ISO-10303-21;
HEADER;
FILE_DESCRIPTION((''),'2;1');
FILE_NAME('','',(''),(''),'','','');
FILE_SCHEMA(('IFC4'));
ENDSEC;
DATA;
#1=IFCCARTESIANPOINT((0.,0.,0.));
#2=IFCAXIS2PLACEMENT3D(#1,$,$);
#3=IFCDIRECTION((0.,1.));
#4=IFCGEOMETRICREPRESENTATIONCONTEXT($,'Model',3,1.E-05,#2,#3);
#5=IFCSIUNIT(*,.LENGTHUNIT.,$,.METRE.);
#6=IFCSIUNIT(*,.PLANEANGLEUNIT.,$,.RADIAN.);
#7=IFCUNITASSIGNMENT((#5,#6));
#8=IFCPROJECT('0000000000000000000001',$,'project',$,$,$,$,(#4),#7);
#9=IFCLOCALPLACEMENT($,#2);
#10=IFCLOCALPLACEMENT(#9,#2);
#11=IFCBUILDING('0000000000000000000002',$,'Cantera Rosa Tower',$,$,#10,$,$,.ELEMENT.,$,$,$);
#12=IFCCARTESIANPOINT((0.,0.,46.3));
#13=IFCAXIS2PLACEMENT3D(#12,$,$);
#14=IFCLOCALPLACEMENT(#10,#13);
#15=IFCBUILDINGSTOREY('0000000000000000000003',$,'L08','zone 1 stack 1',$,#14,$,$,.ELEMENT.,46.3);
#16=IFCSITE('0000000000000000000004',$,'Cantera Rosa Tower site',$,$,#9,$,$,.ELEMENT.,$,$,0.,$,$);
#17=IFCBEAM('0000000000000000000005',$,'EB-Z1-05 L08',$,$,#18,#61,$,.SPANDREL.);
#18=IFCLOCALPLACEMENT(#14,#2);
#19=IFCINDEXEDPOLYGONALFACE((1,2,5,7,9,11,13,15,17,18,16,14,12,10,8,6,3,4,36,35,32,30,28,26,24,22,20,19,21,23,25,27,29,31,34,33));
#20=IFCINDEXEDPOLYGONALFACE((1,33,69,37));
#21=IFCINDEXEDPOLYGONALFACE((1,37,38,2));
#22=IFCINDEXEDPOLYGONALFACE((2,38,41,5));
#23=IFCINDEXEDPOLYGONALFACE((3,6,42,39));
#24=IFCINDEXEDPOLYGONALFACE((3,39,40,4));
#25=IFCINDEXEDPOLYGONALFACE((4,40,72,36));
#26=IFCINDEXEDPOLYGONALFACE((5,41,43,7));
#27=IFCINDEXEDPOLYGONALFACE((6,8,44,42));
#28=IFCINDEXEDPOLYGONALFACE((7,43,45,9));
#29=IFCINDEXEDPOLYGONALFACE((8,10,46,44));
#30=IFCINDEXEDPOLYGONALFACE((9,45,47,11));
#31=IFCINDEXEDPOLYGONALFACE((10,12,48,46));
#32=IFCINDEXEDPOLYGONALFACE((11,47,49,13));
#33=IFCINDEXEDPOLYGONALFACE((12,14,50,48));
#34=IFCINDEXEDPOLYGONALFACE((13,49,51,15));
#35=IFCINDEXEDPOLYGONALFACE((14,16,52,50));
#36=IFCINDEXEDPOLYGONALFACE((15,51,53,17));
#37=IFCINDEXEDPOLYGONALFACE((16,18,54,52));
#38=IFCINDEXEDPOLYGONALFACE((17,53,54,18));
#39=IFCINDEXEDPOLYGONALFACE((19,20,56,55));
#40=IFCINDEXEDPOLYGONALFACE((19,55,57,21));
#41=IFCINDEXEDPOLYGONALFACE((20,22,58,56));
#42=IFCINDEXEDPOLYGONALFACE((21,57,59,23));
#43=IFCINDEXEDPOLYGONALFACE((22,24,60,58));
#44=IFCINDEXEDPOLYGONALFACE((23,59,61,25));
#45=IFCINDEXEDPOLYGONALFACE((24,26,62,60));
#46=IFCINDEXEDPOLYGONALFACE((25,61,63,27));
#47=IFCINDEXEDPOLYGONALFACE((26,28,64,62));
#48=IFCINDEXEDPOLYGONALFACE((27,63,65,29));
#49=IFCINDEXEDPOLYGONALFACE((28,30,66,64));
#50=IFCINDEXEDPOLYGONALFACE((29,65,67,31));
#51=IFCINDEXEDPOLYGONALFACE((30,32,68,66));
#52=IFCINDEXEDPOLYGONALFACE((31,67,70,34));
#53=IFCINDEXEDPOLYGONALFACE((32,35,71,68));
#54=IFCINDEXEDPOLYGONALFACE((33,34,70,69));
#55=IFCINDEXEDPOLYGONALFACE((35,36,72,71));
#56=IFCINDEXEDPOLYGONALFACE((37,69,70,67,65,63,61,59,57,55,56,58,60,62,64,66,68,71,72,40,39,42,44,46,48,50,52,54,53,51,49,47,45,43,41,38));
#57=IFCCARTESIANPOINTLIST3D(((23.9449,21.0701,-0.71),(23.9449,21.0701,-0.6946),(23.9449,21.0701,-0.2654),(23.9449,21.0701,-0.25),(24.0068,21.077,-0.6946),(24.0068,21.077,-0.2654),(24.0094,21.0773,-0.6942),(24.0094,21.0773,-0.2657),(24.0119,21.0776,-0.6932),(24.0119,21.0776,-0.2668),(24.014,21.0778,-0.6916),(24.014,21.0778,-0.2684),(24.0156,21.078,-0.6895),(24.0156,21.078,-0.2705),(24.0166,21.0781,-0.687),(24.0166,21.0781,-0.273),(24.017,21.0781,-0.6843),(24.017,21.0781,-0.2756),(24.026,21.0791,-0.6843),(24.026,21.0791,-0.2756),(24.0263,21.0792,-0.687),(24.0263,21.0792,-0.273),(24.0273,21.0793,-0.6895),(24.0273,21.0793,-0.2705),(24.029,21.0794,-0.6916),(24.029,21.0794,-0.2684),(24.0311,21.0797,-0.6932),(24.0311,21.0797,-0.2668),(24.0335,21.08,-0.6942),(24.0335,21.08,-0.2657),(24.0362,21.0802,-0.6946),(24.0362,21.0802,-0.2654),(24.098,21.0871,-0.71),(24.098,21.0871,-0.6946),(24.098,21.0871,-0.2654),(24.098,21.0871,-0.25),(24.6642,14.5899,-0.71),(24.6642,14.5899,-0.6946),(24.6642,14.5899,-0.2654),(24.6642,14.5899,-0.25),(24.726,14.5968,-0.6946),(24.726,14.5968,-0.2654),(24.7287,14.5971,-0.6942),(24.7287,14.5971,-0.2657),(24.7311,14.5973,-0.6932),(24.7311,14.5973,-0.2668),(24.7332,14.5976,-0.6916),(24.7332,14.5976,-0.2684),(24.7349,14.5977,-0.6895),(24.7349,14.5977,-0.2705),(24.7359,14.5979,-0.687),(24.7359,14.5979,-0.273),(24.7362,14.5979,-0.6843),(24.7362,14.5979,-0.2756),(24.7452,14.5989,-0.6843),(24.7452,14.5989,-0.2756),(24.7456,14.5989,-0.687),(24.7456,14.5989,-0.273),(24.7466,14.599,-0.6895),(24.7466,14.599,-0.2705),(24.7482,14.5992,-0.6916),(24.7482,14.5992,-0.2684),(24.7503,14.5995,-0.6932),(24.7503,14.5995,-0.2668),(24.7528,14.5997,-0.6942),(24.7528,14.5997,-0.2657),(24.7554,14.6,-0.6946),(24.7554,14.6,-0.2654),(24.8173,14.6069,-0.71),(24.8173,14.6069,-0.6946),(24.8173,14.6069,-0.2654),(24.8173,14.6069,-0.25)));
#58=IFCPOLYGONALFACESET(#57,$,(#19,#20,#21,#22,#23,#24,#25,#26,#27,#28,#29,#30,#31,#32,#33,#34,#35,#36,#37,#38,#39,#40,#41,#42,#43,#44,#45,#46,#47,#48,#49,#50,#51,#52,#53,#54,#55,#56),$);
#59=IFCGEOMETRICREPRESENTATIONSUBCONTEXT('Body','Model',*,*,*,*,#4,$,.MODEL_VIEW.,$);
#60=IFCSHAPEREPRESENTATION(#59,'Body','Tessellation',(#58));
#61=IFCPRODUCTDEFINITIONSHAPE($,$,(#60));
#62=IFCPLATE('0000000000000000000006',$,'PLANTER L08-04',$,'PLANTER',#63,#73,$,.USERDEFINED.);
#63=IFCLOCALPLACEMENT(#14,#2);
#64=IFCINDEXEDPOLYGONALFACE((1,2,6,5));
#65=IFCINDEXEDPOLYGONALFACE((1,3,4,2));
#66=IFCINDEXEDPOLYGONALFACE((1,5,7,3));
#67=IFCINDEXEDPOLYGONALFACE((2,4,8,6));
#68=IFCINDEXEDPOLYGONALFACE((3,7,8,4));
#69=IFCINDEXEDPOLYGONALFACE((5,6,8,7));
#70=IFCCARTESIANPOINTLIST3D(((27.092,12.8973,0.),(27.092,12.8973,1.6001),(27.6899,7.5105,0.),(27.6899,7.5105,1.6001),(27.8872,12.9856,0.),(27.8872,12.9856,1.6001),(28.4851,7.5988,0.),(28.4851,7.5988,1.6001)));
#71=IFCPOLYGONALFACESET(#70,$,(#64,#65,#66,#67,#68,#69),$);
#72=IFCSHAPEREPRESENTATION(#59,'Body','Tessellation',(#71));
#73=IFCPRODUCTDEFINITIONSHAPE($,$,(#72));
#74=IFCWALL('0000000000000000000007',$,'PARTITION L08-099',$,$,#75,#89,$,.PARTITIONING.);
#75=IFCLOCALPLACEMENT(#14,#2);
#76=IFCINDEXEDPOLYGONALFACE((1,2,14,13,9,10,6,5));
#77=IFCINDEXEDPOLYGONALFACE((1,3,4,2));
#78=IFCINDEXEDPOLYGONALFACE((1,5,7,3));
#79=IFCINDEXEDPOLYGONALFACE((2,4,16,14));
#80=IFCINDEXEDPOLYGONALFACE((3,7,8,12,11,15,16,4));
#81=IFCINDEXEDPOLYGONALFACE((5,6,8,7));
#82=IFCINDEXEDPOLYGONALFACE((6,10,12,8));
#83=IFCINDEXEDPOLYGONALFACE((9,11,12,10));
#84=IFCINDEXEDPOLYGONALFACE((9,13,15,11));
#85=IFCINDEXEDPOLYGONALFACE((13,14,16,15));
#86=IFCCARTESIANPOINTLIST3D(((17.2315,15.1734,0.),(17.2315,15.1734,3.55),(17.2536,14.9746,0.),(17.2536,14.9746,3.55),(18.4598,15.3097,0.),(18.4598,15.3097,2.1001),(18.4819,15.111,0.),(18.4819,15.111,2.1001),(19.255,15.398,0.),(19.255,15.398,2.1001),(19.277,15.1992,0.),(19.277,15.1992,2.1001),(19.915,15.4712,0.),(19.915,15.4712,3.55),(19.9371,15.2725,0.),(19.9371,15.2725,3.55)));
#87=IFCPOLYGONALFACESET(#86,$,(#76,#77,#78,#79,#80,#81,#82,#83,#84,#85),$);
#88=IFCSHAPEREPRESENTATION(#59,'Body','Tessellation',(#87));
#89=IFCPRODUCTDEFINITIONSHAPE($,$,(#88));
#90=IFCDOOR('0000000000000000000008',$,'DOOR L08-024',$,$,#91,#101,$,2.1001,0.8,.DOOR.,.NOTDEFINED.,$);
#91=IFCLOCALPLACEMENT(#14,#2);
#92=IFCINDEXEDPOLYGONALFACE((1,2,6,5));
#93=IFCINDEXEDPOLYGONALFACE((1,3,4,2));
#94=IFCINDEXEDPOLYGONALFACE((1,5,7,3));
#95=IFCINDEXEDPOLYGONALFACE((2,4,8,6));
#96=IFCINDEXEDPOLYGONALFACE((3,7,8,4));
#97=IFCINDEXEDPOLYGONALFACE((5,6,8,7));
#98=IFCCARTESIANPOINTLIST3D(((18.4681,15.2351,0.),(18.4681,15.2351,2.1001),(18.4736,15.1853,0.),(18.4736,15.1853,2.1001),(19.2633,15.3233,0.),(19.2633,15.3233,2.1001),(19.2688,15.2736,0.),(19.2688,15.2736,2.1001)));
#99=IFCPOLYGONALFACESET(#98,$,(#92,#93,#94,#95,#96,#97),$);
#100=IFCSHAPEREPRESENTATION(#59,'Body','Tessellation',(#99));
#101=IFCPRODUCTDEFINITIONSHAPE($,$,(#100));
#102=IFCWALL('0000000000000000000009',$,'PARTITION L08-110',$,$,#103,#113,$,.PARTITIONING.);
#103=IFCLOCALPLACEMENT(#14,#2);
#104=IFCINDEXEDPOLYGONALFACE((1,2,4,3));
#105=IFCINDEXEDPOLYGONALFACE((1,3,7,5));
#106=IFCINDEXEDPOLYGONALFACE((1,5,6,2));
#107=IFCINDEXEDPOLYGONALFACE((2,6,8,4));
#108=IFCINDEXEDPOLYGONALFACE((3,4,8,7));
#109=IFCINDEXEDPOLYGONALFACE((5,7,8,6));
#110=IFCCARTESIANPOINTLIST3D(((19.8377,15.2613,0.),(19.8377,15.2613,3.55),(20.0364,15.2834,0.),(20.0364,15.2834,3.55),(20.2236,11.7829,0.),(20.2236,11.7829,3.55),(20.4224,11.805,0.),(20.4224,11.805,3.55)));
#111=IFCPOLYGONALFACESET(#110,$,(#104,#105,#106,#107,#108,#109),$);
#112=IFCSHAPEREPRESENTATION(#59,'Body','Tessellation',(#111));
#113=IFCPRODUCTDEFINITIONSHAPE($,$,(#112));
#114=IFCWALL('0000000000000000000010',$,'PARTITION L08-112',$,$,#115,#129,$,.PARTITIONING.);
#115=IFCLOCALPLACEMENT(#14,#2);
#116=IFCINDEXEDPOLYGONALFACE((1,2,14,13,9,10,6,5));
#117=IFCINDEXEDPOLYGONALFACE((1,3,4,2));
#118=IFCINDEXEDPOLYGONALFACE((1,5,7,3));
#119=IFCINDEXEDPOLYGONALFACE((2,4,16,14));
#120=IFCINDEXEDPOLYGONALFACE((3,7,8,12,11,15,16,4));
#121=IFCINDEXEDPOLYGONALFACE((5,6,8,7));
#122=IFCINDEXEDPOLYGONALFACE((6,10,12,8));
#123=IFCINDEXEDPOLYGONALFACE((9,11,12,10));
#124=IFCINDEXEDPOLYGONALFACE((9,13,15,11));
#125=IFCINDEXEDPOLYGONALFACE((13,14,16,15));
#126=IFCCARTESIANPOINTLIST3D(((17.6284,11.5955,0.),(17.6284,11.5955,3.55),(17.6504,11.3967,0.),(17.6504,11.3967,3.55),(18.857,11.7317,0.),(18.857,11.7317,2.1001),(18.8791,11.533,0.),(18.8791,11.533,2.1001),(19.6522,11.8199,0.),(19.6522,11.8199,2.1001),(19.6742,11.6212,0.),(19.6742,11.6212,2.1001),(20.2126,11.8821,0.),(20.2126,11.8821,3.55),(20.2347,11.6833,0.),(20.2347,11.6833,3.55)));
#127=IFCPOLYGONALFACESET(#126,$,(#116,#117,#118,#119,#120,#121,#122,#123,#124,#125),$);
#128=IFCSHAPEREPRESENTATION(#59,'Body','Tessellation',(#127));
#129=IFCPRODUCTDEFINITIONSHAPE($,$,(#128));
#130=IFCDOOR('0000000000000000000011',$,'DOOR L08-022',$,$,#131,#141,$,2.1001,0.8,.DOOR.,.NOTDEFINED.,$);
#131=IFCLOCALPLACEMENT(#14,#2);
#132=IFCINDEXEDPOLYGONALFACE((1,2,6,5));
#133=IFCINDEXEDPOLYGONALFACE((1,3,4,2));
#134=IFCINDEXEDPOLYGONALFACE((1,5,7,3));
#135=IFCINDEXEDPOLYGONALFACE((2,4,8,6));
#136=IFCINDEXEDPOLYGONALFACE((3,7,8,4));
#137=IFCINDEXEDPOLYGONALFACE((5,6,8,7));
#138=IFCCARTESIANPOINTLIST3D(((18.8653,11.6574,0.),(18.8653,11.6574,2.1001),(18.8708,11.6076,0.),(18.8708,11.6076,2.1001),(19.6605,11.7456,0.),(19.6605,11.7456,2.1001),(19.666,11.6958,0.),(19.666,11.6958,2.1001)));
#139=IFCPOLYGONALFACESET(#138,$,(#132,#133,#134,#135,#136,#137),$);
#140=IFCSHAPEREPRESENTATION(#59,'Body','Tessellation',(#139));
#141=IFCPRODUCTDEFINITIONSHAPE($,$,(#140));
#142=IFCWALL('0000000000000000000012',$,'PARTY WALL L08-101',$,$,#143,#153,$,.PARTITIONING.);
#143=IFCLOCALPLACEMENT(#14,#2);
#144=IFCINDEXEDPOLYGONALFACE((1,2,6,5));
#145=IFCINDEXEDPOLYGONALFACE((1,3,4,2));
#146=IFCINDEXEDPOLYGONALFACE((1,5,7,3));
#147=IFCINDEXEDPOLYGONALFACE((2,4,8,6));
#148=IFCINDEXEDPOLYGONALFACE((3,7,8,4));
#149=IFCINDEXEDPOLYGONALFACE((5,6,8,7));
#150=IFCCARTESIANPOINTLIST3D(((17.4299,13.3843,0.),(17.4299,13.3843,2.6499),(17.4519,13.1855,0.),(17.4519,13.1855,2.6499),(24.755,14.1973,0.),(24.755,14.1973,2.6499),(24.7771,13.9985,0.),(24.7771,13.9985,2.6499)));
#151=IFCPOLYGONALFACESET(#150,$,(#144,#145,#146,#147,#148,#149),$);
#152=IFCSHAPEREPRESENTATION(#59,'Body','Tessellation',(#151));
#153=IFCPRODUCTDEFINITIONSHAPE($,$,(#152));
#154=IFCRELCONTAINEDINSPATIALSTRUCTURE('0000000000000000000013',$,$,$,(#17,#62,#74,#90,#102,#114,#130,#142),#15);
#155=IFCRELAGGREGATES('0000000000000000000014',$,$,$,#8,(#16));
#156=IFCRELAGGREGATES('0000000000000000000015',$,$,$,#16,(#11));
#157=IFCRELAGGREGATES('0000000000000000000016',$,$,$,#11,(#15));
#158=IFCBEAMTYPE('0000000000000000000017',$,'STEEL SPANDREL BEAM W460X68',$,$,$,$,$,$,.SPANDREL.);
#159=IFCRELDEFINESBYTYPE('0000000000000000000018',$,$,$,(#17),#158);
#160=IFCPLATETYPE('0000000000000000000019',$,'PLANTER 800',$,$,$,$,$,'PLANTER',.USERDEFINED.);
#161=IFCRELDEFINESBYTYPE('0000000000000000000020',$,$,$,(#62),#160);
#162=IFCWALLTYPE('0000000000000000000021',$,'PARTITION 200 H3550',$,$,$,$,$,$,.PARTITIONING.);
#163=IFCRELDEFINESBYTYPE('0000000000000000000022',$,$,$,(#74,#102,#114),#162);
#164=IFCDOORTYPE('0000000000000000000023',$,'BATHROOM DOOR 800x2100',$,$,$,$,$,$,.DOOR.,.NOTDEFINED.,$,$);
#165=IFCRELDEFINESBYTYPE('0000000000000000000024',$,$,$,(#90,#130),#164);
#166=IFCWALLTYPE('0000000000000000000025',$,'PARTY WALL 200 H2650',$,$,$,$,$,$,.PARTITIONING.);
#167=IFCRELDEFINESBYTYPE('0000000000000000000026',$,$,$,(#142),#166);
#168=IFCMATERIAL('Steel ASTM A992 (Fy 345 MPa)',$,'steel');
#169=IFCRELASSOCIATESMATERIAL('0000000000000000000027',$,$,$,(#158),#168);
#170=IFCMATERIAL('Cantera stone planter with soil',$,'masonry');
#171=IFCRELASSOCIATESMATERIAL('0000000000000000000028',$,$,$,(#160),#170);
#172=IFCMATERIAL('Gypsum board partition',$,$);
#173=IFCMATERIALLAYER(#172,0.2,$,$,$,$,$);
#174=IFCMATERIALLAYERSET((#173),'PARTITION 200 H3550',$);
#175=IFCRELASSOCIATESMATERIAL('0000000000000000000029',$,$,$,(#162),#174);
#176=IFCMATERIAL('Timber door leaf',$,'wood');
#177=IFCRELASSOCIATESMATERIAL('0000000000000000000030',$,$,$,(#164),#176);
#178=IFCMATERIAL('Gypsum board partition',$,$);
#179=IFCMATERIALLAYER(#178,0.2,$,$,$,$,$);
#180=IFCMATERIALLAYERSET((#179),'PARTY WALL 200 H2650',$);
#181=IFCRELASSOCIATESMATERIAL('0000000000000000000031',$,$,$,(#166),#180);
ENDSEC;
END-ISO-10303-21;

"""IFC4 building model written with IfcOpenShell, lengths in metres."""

from ifc_helpers import new_model, si_unit, direction, frame, frame_2d, origin, origin_2d, place, context, subcontext, project, spatial, rectangle, i_section, extrude, material, layer, layer_set, material_profile, profile_set, type_object, element, fill, save


model = new_model("IFC4")

# Units and contexts
model_context = context("Model", 3, precision=1e-05, world=origin(), true_north=direction((0.0, 1.0)))
body_context = subcontext(model_context, "Body", "Model", "MODEL_VIEW")
ifc_project = project(units=[si_unit("LENGTHUNIT", "METRE"), si_unit("PLANEANGLEUNIT", "RADIAN")], contexts=[model_context])

# Site, building, storey
site_placement = place(None, origin())
site = spatial("IfcSite", under=ifc_project, at=site_placement, Name="Cantera Rosa Tower site", CompositionType="ELEMENT", RefElevation=0.0)
building_placement = place(site_placement, origin())
building = spatial("IfcBuilding", under=site, at=building_placement, Name="Cantera Rosa Tower", CompositionType="ELEMENT")
storey_placement = place(building_placement, frame((0.0, 0.0, 46.3)))
storey = spatial("IfcBuildingStorey", under=building, at=storey_placement, Name="L08", Description="zone 1 stack 1", CompositionType="ELEMENT", Elevation=46.3)

# Beam
ifc_material_1 = material(Name="Steel ASTM A992 (Fy 345 MPa)", Category="steel")
ifc_material_profile_1 = material_profile(ifc_material_1, i_section(OverallWidth=0.1541, OverallDepth=0.46, WebThickness=0.009, FlangeThickness=0.0154, FilletRadius=0.0103, at=origin_2d()), Name="W460X68")
ifc_profile_set_1 = profile_set([ifc_material_profile_1], Name="Steel ASTM A992 (Fy 345 MPa)")
beam_type_1 = type_object("IfcBeamType", Name="STEEL SPANDREL BEAM W460X68", PredefinedType="SPANDREL", material=ifc_profile_set_1)
for number, where, z_axis, x_axis, name in (
    (1, (24.7407, 14.5984, -0.48), (-0.110312, 0.993897, 0.0), (-0.993897, -0.110312, 0.0), "EB-Z1-05 L08"),
):
    element("IfcBeam", number, at=place(storey_placement, frame(where, z_axis=z_axis, x_axis=x_axis)), inside=storey, type_object=beam_type_1, Name=name, PredefinedType="SPANDREL", context=body_context, shape_type="SweptSolid", body=[
        extrude(i_section(OverallWidth=0.1541, OverallDepth=0.46, WebThickness=0.009, FlangeThickness=0.0154, FilletRadius=0.0103, at=origin_2d()), origin(), (0.0, 0.0, 1.0), 6.52),
    ])

# Plate
ifc_material_2 = material(Name="Cantera stone planter with soil", Category="masonry")
plate_type = type_object("IfcPlateType", Name="PLANTER 800", ElementType="PLANTER", PredefinedType="USERDEFINED", material=ifc_material_2)
plate_placement = place(storey_placement, frame((27.7886, 10.248, 0.0), z_axis=(0.0, 0.0, 1.0), x_axis=(-0.110313, 0.993897, 0.0)))
element("IfcPlate", 2, at=plate_placement, inside=storey, type_object=plate_type, Name="PLANTER L08-04", ObjectType="PLANTER", PredefinedType="USERDEFINED", context=body_context, shape_type="SweptSolid", body=[
    extrude(rectangle(XDim=5.4199, YDim=0.8, at=origin_2d()), origin(), (0.0, 0.0, 1.0), 1.6001),
])

# Wall, opening, door
ifc_material_3 = material(Name="Gypsum board partition")
ifc_layer_1 = layer(ifc_material_3, 0.2)
ifc_layer_set_1 = layer_set([ifc_layer_1], Name="PARTITION 200 H3550")
wall_type_1 = type_object("IfcWallType", Name="PARTITION 200 H3550", PredefinedType="PARTITIONING", material=ifc_layer_set_1)
wall_1_placement = place(storey_placement, frame((17.2424, 15.074, 0.0), z_axis=(0.0, 0.0, 1.0), x_axis=(0.993896, 0.110322, 0.0)))
wall_1 = element("IfcWall", 3, at=wall_1_placement, inside=storey, type_object=wall_type_1, Name="PARTITION L08-099", PredefinedType="PARTITIONING", context=body_context, shape_type="SweptSolid", body=[
    extrude(rectangle(XDim=2.7, YDim=0.2, at=frame_2d((1.3501, 0.0))), origin(), (0.0, 0.0, 1.0), 3.55),
])
opening_1_placement = place(wall_1_placement, frame((1.2361, 0.0, 0.0)))
opening_1 = element("IfcOpeningElement", 4, at=opening_1_placement, cuts=wall_1, PredefinedType="OPENING", context=body_context, shape_type="SweptSolid", body=[
    extrude(rectangle(XDim=0.8, YDim=2.1001, at=frame_2d((0.3999, 1.05))), frame((0.0, 0.1099, 0.0), z_axis=(0.0, -1.0, 0.0), x_axis=(1.0, 0.0, 0.0)), (0.0, 0.0, 1.0), 0.22),
])
ifc_material_4 = material(Name="Timber door leaf", Category="wood")
door_type_1 = type_object("IfcDoorType", Name="BATHROOM DOOR 800x2100", OperationType="NOTDEFINED", PredefinedType="DOOR", material=ifc_material_4)
door_1_placement = place(opening_1_placement, origin())
door_1 = element("IfcDoor", 5, at=door_1_placement, inside=storey, type_object=door_type_1, Name="DOOR L08-024", OperationType="NOTDEFINED", OverallHeight=2.1001, OverallWidth=0.8, PredefinedType="DOOR", context=body_context, shape_type="SweptSolid", body=[
    extrude(rectangle(XDim=0.8, YDim=2.1001, at=frame_2d((0.3999, 1.05))), frame((0.0, 0.0249, 0.0), z_axis=(0.0, -1.0, 0.0), x_axis=(1.0, 0.0, 0.0)), (0.0, 0.0, 1.0), 0.05),
])
fill(opening_1, door_1)

# Wall
wall_2_placement = place(storey_placement, frame((19.937, 15.2725, 0.0), z_axis=(0.0, 0.0, 1.0), x_axis=(0.110286, -0.9939, 0.0)))
element("IfcWall", 6, at=wall_2_placement, inside=storey, type_object=wall_type_1, Name="PARTITION L08-110", PredefinedType="PARTITIONING", context=body_context, shape_type="SweptSolid", body=[
    extrude(rectangle(XDim=3.4998, YDim=0.2, at=frame_2d((1.75, 0.0))), origin(), (0.0, 0.0, 1.0), 3.55),
])

# Wall, opening, door
wall_3_placement = place(storey_placement, frame((20.2236, 11.7827, 0.0), z_axis=(0.0, 0.0, 1.0), x_axis=(-0.993905, -0.110236, 0.0)))
wall_3 = element("IfcWall", 7, at=wall_3_placement, inside=storey, type_object=wall_type_1, Name="PARTITION L08-112", PredefinedType="PARTITIONING", context=body_context, shape_type="SweptSolid", body=[
    extrude(rectangle(XDim=2.6001, YDim=0.2, at=frame_2d((1.3, 0.0))), origin(), (0.0, 0.0, 1.0), 3.55),
])
opening_2_placement = place(wall_3_placement, frame((0.564, 0.0, 0.0)))
opening_2 = element("IfcOpeningElement", 8, at=opening_2_placement, cuts=wall_3, PredefinedType="OPENING", context=body_context, shape_type="SweptSolid", body=[
    extrude(rectangle(XDim=0.8, YDim=2.1001, at=frame_2d((0.3999, 1.05))), frame((0.0, 0.1099, 0.0), z_axis=(0.0, -1.0, 0.0), x_axis=(1.0, 0.0, 0.0)), (0.0, 0.0, 1.0), 0.22),
])
door_2_placement = place(opening_2_placement, origin())
door_2 = element("IfcDoor", 9, at=door_2_placement, inside=storey, type_object=door_type_1, Name="DOOR L08-022", OperationType="NOTDEFINED", OverallHeight=2.1001, OverallWidth=0.8, PredefinedType="DOOR", context=body_context, shape_type="SweptSolid", body=[
    extrude(rectangle(XDim=0.8, YDim=2.1001, at=frame_2d((0.3999, 1.05))), frame((0.0, 0.0249, 0.0), z_axis=(0.0, -1.0, 0.0), x_axis=(1.0, 0.0, 0.0)), (0.0, 0.0, 1.0), 0.05),
])
fill(opening_2, door_2)

# Wall
ifc_material_5 = material(Name="Gypsum board partition")
ifc_layer_2 = layer(ifc_material_5, 0.2)
ifc_layer_set_2 = layer_set([ifc_layer_2], Name="PARTY WALL 200 H2650")
wall_type_2 = type_object("IfcWallType", Name="PARTY WALL 200 H2650", PredefinedType="PARTITIONING", material=ifc_layer_set_2)
wall_4_placement = place(storey_placement, frame((17.4409, 13.2849, 0.0), z_axis=(0.0, 0.0, 1.0), x_axis=(0.993897, 0.110308, 0.0)))
element("IfcWall", 10, at=wall_4_placement, inside=storey, type_object=wall_type_2, Name="PARTY WALL L08-101", PredefinedType="PARTITIONING", context=body_context, shape_type="SweptSolid", body=[
    extrude(rectangle(XDim=7.3701, YDim=0.2, at=frame_2d((3.6851, 0.0))), origin(), (0.0, 0.0, 1.0), 2.6499),
])

save(model, "model.ifc")
